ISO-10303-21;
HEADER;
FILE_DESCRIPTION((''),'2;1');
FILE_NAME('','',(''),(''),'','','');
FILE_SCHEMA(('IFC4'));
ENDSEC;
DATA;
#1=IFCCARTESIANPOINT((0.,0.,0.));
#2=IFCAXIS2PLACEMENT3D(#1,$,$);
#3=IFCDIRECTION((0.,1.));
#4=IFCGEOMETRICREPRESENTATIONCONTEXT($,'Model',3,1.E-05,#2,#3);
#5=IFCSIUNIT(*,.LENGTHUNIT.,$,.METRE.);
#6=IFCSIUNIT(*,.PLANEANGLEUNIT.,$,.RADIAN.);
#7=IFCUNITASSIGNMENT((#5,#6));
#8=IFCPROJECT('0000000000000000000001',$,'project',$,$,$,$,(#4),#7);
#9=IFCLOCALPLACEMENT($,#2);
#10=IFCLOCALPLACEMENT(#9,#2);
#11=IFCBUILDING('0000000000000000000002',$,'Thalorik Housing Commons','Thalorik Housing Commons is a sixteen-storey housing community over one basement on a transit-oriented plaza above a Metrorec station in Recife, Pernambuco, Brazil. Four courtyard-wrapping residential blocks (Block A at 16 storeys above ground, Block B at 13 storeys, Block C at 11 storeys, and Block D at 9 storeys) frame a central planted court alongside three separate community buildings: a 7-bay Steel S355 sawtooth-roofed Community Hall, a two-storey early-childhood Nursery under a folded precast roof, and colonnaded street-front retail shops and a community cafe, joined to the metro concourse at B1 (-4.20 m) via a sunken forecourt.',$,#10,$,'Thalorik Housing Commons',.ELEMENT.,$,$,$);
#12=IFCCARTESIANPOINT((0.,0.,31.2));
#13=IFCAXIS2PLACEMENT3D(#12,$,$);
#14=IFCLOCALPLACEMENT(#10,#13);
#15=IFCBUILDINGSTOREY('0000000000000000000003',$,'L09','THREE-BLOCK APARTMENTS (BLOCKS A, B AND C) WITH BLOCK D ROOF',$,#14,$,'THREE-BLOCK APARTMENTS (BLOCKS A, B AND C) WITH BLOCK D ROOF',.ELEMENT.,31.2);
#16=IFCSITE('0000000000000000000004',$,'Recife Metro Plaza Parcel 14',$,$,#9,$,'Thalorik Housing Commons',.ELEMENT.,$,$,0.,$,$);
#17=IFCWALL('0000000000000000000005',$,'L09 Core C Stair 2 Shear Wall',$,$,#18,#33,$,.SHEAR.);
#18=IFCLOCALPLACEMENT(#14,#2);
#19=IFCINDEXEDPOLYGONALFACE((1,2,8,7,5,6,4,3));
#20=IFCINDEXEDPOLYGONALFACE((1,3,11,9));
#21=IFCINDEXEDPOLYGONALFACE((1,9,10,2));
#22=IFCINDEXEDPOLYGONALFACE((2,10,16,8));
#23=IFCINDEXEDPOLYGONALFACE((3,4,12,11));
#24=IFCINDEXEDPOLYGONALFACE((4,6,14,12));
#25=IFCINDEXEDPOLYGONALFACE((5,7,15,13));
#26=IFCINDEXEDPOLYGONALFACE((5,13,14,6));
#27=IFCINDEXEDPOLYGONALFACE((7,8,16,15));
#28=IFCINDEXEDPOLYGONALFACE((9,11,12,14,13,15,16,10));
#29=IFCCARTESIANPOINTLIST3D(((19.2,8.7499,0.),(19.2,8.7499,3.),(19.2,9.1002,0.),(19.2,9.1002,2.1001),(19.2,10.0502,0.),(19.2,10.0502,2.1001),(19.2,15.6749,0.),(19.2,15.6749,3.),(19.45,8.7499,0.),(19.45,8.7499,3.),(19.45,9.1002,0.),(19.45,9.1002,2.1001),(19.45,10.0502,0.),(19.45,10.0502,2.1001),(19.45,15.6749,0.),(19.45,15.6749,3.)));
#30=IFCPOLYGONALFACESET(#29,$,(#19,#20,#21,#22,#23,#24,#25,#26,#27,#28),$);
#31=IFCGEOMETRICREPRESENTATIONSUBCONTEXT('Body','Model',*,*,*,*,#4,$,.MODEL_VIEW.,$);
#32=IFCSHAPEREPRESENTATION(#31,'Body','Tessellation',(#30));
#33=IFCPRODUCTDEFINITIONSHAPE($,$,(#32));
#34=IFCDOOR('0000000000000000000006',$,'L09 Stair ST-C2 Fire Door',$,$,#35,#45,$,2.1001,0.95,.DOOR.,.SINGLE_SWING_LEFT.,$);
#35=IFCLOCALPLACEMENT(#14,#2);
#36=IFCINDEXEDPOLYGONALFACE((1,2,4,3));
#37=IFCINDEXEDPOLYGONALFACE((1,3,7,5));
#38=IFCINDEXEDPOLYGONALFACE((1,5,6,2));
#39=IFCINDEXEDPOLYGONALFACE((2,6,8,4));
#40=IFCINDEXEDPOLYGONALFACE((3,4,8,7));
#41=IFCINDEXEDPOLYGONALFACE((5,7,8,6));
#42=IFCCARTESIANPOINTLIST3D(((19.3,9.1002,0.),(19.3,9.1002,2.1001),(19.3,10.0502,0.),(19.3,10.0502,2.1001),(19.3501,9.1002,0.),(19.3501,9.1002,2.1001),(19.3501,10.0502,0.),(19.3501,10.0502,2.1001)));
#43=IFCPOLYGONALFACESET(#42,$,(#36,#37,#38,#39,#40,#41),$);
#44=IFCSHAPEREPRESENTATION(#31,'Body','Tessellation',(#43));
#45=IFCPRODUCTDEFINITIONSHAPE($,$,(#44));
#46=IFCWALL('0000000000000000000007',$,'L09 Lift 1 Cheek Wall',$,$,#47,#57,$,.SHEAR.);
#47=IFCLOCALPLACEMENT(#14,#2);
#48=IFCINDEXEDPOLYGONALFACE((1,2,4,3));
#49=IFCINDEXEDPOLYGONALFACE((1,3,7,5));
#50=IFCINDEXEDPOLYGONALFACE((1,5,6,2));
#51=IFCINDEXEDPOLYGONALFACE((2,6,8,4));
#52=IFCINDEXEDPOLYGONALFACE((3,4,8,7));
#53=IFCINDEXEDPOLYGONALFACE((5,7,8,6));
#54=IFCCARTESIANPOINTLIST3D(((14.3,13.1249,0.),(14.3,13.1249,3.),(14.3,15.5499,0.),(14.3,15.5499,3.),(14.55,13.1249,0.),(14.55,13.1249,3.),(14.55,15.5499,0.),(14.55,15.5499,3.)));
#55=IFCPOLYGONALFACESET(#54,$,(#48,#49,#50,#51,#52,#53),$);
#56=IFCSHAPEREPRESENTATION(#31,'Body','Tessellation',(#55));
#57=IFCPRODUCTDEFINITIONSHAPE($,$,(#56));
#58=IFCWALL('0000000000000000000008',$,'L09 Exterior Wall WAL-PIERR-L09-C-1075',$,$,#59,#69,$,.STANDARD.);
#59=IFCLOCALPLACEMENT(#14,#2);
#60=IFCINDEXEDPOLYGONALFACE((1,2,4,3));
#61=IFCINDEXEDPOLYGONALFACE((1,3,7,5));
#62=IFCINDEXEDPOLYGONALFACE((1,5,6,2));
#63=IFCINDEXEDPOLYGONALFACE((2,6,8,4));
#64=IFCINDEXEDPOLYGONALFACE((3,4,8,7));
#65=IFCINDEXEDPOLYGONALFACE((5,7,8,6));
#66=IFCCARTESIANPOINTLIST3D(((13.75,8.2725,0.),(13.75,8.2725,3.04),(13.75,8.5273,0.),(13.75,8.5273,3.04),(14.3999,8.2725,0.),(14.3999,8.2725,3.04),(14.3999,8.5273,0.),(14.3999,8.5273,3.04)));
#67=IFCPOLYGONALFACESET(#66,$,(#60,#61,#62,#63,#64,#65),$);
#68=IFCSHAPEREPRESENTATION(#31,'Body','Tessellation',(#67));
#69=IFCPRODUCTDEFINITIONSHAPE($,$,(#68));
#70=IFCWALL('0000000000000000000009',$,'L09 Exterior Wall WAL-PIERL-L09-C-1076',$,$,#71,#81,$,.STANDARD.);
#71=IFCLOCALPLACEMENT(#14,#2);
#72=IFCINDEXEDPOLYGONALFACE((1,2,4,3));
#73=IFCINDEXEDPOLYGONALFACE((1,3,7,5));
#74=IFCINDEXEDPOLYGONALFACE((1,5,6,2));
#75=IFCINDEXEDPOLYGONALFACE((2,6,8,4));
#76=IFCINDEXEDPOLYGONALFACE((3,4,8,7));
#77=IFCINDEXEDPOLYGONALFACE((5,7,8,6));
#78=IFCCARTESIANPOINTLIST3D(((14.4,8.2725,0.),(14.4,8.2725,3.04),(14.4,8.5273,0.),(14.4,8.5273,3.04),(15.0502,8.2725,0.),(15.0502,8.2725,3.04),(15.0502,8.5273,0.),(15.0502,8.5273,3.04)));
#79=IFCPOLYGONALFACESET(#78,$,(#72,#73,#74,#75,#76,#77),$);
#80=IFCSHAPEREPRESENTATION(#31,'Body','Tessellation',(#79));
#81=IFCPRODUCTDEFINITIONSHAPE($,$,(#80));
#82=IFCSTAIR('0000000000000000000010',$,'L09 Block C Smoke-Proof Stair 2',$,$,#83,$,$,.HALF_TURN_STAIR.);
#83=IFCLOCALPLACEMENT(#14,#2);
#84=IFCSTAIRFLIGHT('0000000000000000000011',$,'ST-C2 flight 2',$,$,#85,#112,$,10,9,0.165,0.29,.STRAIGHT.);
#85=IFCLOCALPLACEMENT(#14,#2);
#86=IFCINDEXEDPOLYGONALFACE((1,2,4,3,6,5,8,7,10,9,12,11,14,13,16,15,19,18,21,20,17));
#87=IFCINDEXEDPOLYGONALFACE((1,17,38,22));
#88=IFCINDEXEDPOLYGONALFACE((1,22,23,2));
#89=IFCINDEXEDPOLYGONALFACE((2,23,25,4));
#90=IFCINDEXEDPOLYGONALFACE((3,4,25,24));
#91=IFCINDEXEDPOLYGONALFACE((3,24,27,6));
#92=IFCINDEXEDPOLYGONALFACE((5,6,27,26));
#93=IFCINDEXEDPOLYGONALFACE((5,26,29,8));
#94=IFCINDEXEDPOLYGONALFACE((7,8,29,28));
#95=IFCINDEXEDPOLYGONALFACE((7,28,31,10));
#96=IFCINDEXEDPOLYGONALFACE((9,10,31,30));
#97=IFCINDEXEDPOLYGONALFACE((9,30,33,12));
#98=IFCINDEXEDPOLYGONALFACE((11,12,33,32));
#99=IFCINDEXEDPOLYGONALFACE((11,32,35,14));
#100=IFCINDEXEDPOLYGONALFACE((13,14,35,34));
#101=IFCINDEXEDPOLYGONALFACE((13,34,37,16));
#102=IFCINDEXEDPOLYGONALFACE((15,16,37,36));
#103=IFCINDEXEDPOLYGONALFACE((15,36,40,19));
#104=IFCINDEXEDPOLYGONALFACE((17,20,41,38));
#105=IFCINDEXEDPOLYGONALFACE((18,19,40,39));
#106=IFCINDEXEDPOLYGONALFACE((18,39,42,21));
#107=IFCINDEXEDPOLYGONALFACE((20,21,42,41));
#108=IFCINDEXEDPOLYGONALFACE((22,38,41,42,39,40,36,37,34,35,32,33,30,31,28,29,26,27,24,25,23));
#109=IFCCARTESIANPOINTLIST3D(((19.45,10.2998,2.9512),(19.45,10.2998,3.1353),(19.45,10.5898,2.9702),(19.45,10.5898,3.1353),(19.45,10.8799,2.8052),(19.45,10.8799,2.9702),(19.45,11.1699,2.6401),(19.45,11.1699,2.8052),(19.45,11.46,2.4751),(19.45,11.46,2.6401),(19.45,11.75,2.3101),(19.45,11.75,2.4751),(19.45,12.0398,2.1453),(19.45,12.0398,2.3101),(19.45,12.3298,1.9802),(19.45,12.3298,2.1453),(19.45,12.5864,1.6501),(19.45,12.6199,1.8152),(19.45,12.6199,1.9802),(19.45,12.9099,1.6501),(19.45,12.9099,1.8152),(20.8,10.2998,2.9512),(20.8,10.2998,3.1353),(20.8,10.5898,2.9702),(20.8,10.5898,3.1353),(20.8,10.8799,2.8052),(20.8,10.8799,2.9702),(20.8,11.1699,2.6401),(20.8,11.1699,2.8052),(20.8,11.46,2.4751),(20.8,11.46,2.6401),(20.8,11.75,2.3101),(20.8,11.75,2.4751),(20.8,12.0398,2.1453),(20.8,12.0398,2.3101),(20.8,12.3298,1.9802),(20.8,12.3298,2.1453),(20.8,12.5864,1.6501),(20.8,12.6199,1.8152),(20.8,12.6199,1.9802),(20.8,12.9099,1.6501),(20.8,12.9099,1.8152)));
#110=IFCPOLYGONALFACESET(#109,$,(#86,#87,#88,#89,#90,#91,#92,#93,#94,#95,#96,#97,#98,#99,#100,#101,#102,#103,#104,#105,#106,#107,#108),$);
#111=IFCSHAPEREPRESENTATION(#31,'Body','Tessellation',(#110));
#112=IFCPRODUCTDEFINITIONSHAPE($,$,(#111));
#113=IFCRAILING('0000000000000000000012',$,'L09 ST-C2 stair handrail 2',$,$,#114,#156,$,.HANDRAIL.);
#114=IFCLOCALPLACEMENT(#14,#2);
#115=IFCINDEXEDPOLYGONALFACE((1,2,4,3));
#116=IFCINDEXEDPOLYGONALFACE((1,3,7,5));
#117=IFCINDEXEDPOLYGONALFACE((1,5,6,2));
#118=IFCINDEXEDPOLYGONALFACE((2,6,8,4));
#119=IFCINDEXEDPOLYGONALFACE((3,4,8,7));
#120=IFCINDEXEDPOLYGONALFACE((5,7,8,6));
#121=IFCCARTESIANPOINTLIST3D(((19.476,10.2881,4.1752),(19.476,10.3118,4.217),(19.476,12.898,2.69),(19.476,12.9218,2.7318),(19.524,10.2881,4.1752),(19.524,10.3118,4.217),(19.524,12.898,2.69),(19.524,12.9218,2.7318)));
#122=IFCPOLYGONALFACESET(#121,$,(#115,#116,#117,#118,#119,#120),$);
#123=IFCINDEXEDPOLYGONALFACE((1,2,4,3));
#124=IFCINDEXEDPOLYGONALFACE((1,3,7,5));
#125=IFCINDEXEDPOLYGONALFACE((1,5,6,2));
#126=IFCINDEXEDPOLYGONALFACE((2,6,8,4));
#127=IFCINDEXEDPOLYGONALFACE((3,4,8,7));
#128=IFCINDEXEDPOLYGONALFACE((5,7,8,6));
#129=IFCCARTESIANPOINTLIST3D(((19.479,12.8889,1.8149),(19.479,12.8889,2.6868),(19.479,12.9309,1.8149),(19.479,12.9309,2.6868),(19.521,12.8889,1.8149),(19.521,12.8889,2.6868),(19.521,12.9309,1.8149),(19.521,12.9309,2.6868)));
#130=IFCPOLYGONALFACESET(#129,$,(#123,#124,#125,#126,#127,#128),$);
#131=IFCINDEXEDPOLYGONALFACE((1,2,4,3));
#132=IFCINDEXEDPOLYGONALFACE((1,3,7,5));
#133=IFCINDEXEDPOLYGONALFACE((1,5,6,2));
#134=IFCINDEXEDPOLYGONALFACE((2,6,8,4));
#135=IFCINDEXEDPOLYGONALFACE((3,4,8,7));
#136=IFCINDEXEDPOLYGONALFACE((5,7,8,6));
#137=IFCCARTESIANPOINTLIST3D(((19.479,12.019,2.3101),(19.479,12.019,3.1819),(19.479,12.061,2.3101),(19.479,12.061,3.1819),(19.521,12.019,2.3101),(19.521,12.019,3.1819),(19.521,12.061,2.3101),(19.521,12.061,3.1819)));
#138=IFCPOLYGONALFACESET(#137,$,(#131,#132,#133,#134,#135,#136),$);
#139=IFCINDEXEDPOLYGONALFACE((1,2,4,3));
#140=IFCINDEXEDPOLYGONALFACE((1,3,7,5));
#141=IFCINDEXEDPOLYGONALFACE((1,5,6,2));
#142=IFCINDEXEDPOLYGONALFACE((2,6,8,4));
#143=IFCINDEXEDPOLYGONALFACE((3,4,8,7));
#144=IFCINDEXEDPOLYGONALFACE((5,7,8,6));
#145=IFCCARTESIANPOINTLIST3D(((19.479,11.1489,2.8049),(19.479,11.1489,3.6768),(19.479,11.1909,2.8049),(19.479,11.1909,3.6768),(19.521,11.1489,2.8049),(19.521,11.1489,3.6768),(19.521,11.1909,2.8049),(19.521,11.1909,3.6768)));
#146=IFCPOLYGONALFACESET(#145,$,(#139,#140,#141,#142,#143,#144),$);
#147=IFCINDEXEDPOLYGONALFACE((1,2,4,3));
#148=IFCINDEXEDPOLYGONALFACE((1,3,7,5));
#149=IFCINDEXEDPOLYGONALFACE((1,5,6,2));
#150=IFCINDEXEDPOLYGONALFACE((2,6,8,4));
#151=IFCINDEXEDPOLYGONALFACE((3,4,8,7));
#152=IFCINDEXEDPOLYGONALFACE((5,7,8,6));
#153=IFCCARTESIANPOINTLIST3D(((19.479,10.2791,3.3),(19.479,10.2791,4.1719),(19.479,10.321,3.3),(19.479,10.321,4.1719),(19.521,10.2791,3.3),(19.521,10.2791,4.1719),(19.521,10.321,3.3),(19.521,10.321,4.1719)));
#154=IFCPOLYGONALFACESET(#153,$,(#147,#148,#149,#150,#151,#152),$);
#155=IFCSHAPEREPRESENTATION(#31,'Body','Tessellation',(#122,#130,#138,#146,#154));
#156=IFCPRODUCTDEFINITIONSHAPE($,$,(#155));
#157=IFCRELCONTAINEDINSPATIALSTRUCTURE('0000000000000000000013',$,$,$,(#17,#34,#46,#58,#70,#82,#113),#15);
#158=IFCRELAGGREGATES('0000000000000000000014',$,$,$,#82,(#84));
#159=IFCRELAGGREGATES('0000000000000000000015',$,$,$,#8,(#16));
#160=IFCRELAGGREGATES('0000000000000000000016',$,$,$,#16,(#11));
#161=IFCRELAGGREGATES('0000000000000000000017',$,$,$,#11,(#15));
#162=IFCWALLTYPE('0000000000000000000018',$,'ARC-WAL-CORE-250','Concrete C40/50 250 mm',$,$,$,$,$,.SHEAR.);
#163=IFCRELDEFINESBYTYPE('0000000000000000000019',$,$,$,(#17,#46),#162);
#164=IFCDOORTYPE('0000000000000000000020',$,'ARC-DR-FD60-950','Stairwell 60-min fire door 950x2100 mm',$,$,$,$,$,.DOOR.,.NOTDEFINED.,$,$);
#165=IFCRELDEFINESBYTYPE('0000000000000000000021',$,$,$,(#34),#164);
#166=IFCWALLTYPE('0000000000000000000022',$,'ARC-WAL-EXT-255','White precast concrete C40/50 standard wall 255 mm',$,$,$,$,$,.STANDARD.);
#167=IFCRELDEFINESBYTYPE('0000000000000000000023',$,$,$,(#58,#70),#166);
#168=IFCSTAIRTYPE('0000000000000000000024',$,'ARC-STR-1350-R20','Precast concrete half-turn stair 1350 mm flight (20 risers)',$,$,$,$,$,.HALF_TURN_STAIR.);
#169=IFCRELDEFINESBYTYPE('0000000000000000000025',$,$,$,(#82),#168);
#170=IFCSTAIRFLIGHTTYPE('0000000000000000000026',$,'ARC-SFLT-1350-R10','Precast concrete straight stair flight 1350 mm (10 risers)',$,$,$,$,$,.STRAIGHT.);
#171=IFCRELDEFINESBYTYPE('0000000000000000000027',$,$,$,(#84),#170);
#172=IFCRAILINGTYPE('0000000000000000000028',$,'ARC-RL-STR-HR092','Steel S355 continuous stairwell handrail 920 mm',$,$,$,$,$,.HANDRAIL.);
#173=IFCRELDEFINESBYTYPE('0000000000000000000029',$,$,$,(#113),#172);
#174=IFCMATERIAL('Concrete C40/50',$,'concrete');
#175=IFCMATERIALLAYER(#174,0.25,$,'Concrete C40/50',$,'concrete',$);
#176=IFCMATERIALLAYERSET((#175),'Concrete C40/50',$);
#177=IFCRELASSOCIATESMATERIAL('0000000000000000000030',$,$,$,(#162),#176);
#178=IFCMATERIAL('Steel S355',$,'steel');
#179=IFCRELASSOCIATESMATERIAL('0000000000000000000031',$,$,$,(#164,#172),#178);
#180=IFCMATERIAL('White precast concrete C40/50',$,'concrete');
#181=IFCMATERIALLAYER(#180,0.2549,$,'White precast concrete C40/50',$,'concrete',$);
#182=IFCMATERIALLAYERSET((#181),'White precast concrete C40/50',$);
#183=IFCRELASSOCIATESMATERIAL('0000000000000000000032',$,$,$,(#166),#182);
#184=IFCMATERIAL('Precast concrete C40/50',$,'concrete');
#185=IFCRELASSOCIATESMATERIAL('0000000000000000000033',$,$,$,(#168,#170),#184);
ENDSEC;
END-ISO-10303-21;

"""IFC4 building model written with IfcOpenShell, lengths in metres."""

from ifc_helpers import new_model, si_unit, direction, frame, frame_2d, origin, origin_2d, place, context, subcontext, project, spatial, polyline, rectangle, outline, extrude, material, layer, layer_set, type_object, element, fill, aggregate, save


model = new_model("IFC4")

# Units and contexts
model_context = context("Model", 3, precision=1e-05, world=origin(), true_north=direction((0.0, 1.0)))
body_context = subcontext(model_context, "Body", "Model", "MODEL_VIEW")
ifc_project = project(units=[si_unit("LENGTHUNIT", "METRE"), si_unit("PLANEANGLEUNIT", "RADIAN")], contexts=[model_context])

# Site, building, storey
site_placement = place(None, origin())
site = spatial("IfcSite", under=ifc_project, at=site_placement, Name="Recife Metro Plaza Parcel 14", LongName="Thalorik Housing Commons", CompositionType="ELEMENT", RefElevation=0.0)
building_placement = place(site_placement, origin())
building = spatial("IfcBuilding", under=site, at=building_placement, Name="Thalorik Housing Commons", Description="Thalorik Housing Commons is a sixteen-storey housing community over one basement on a transit-oriented plaza above a Metrorec station in Recife, Pernambuco, Brazil. Four courtyard-wrapping residential blocks (Block A at 16 storeys above ground, Block B at 13 storeys, Block C at 11 storeys, and Block D at 9 storeys) frame a central planted court alongside three separate community buildings: a 7-bay Steel S355 sawtooth-roofed Community Hall, a two-storey early-childhood Nursery under a folded precast roof, and colonnaded street-front retail shops and a community cafe, joined to the metro concourse at B1 (-4.20 m) via a sunken forecourt.", LongName="Thalorik Housing Commons", CompositionType="ELEMENT")
storey_placement = place(building_placement, frame((0.0, 0.0, 31.2)))
storey = spatial("IfcBuildingStorey", under=building, at=storey_placement, Name="L09", Description="THREE-BLOCK APARTMENTS (BLOCKS A, B AND C) WITH BLOCK D ROOF", LongName="THREE-BLOCK APARTMENTS (BLOCKS A, B AND C) WITH BLOCK D ROOF", CompositionType="ELEMENT", Elevation=31.2)

# Shared definitions
ifc_material_1 = material(Name="Precast concrete C40/50", Category="concrete")

# Wall, opening, door
ifc_material_2 = material(Name="Concrete C40/50", Category="concrete")
ifc_layer_1 = layer(ifc_material_2, 0.25, Name="Concrete C40/50", Category="concrete")
ifc_layer_set_1 = layer_set([ifc_layer_1], Name="Concrete C40/50")
wall_type_1 = type_object("IfcWallType", Name="ARC-WAL-CORE-250", Description="Concrete C40/50 250 mm", PredefinedType="SHEAR", material=ifc_layer_set_1)
wall_1_placement = place(storey_placement, frame((19.325, 8.75, 0.0), z_axis=(0.0, 0.0, 1.0), x_axis=(0.0, 1.0, 0.0)))
wall_1 = element("IfcWall", 1, at=wall_1_placement, inside=storey, type_object=wall_type_1, Name="L09 Core C Stair 2 Shear Wall", PredefinedType="SHEAR", context=body_context, shape_type="SweptSolid", body=[
    extrude(rectangle(XDim=6.925, YDim=0.25, at=frame_2d((3.4624, 0.0))), origin(), (0.0, 0.0, 1.0), 3.0),
])
opening_1_placement = place(wall_1_placement, frame((0.3501, 0.0, 0.0)))
opening_1 = element("IfcOpeningElement", 2, at=opening_1_placement, cuts=wall_1, PredefinedType="OPENING", context=body_context, shape_type="SweptSolid", body=[
    extrude(rectangle(XDim=0.95, YDim=2.1001, at=frame_2d((0.4751, 1.05))), frame((0.0, 0.135, 0.0), z_axis=(0.0, -1.0, 0.0), x_axis=(1.0, 0.0, 0.0)), (0.0, 0.0, 1.0), 0.27),
])
ifc_material_3 = material(Name="Steel S355", Category="steel")
door_type_1 = type_object("IfcDoorType", Name="ARC-DR-FD60-950", Description="Stairwell 60-min fire door 950x2100 mm", OperationType="NOTDEFINED", PredefinedType="DOOR", material=ifc_material_3)
door_1_placement = place(opening_1_placement, origin())
door_1 = element("IfcDoor", 3, at=door_1_placement, inside=storey, type_object=door_type_1, Name="L09 Stair ST-C2 Fire Door", OperationType="SINGLE_SWING_LEFT", OverallHeight=2.1001, OverallWidth=0.95, PredefinedType="DOOR", context=body_context, shape_type="SweptSolid", body=[
    extrude(rectangle(XDim=0.95, YDim=2.1001, at=frame_2d((0.4751, 1.05))), frame((0.0, 0.0249, 0.0), z_axis=(0.0, -1.0, 0.0), x_axis=(1.0, 0.0, 0.0)), (0.0, 0.0, 1.0), 0.05),
])
fill(opening_1, door_1)

# Walls
wall_2_placement = place(storey_placement, frame((14.425, 13.125, 0.0), z_axis=(0.0, 0.0, 1.0), x_axis=(0.0, 1.0, 0.0)))
element("IfcWall", 4, at=wall_2_placement, inside=storey, type_object=wall_type_1, Name="L09 Lift 1 Cheek Wall", PredefinedType="SHEAR", context=body_context, shape_type="SweptSolid", body=[
    extrude(rectangle(XDim=2.425, YDim=0.25, at=frame_2d((1.2124, 0.0))), origin(), (0.0, 0.0, 1.0), 3.0),
])
ifc_material_4 = material(Name="White precast concrete C40/50", Category="concrete")
ifc_layer_2 = layer(ifc_material_4, 0.2549, Name="White precast concrete C40/50", Category="concrete")
ifc_layer_set_2 = layer_set([ifc_layer_2], Name="White precast concrete C40/50")
wall_type_2 = type_object("IfcWallType", Name="ARC-WAL-EXT-255", Description="White precast concrete C40/50 standard wall 255 mm", PredefinedType="STANDARD", material=ifc_layer_set_2)
wall_3_placement = place(storey_placement, frame((13.75, 8.3999, 0.0), z_axis=(0.0, 0.0, 1.0), x_axis=(1.0, 0.0, 0.0)))
element("IfcWall", 5, at=wall_3_placement, inside=storey, type_object=wall_type_2, Name="L09 Exterior Wall WAL-PIERR-L09-C-1075", PredefinedType="STANDARD", context=body_context, shape_type="SweptSolid", body=[
    extrude(rectangle(XDim=0.6499, YDim=0.2549, at=frame_2d((0.325, 0.0))), origin(), (0.0, 0.0, 1.0), 3.04),
])
wall_4_placement = place(storey_placement, frame((14.3999, 8.3999, 0.0), z_axis=(0.0, 0.0, 1.0), x_axis=(1.0, 0.0, 0.0)))
element("IfcWall", 6, at=wall_4_placement, inside=storey, type_object=wall_type_2, Name="L09 Exterior Wall WAL-PIERL-L09-C-1076", PredefinedType="STANDARD", context=body_context, shape_type="SweptSolid", body=[
    extrude(rectangle(XDim=0.6501, YDim=0.2549, at=frame_2d((0.3252, 0.0))), origin(), (0.0, 0.0, 1.0), 3.04),
])

# Stair, stair flight
stair_type = type_object("IfcStairType", Name="ARC-STR-1350-R20", Description="Precast concrete half-turn stair 1350 mm flight (20 risers)", PredefinedType="HALF_TURN_STAIR", material=ifc_material_1)
stair_placement = place(storey_placement, origin())
stair = element("IfcStair", 7, at=stair_placement, inside=storey, type_object=stair_type, Name="L09 Block C Smoke-Proof Stair 2", PredefinedType="HALF_TURN_STAIR")
stair_flight_type = type_object("IfcStairFlightType", Name="ARC-SFLT-1350-R10", Description="Precast concrete straight stair flight 1350 mm (10 risers)", PredefinedType="STRAIGHT", material=ifc_material_1)
stair_flight_placement = place(storey_placement, frame((20.125, 12.9099, 1.6501), z_axis=(0.0, 0.0, 1.0), x_axis=(0.0, -1.0, 0.0)))
stair_flight = element("IfcStairFlight", 8, at=stair_flight_placement, type_object=stair_flight_type, Name="ST-C2 flight 2", NumberOfRisers=10, NumberOfTreads=9, PredefinedType="STRAIGHT", RiserHeight=0.165, TreadLength=0.29, context=body_context, shape_type="SweptSolid", body=[
    extrude(outline(polyline([(0.0, 0.0), (0.0, 0.165), (0.29, 0.165), (0.29, 0.3301), (0.5801, 0.3301), (0.5801, 0.4951), (0.8701, 0.4951), (0.8701, 0.6599), (1.1599, 0.6599), (1.1599, 0.825), (1.45, 0.825), (1.45, 0.99), (1.74, 0.99), (1.74, 1.155), (2.03, 1.155), (2.03, 1.3201), (2.3201, 1.3201), (2.3201, 1.4851), (2.6101, 1.4851), (2.6101, 1.6499), (2.6101, 1.301), (0.3235, 0.0), (0.0, 0.0)])), frame((0.0, 0.675, 0.0), z_axis=(0.0, -1.0, 0.0), x_axis=(1.0, 0.0, 0.0)), (0.0, 0.0, 1.0), 1.3501),
])
aggregate(stair, [stair_flight])

# Railing
railing_type = type_object("IfcRailingType", Name="ARC-RL-STR-HR092", Description="Steel S355 continuous stairwell handrail 920 mm", PredefinedType="HANDRAIL", material=ifc_material_3)
railing_placement = place(storey_placement, frame((19.5, 12.9099, 1.8149)))
element("IfcRailing", 9, at=railing_placement, inside=storey, type_object=railing_type, Name="L09 ST-C2 stair handrail 2", PredefinedType="HANDRAIL", context=body_context, shape_type="SweptSolid", body=[
    extrude(rectangle(XDim=0.0481, YDim=0.0481, at=origin_2d()), frame((0.0, 0.0, 0.896), z_axis=(0.0, -0.869137, 0.494571), x_axis=(1.0, 0.0, 0.0)), (0.0, 0.0, 1.0), 3.0029),
    extrude(rectangle(XDim=0.042, YDim=0.042, at=origin_2d()), origin(), (0.0, 0.0, 1.0), 0.8718),
    extrude(rectangle(XDim=0.042, YDim=0.042, at=origin_2d()), frame((0.0, -0.8699, 0.4951)), (0.0, 0.0, 1.0), 0.8718),
    extrude(rectangle(XDim=0.042, YDim=0.042, at=origin_2d()), frame((0.0, -1.74, 0.99)), (0.0, 0.0, 1.0), 0.8718),
    extrude(rectangle(XDim=0.042, YDim=0.042, at=origin_2d()), frame((0.0, -2.6099, 1.4851)), (0.0, 0.0, 1.0), 0.8718),
])

save(model, "model.ifc")
